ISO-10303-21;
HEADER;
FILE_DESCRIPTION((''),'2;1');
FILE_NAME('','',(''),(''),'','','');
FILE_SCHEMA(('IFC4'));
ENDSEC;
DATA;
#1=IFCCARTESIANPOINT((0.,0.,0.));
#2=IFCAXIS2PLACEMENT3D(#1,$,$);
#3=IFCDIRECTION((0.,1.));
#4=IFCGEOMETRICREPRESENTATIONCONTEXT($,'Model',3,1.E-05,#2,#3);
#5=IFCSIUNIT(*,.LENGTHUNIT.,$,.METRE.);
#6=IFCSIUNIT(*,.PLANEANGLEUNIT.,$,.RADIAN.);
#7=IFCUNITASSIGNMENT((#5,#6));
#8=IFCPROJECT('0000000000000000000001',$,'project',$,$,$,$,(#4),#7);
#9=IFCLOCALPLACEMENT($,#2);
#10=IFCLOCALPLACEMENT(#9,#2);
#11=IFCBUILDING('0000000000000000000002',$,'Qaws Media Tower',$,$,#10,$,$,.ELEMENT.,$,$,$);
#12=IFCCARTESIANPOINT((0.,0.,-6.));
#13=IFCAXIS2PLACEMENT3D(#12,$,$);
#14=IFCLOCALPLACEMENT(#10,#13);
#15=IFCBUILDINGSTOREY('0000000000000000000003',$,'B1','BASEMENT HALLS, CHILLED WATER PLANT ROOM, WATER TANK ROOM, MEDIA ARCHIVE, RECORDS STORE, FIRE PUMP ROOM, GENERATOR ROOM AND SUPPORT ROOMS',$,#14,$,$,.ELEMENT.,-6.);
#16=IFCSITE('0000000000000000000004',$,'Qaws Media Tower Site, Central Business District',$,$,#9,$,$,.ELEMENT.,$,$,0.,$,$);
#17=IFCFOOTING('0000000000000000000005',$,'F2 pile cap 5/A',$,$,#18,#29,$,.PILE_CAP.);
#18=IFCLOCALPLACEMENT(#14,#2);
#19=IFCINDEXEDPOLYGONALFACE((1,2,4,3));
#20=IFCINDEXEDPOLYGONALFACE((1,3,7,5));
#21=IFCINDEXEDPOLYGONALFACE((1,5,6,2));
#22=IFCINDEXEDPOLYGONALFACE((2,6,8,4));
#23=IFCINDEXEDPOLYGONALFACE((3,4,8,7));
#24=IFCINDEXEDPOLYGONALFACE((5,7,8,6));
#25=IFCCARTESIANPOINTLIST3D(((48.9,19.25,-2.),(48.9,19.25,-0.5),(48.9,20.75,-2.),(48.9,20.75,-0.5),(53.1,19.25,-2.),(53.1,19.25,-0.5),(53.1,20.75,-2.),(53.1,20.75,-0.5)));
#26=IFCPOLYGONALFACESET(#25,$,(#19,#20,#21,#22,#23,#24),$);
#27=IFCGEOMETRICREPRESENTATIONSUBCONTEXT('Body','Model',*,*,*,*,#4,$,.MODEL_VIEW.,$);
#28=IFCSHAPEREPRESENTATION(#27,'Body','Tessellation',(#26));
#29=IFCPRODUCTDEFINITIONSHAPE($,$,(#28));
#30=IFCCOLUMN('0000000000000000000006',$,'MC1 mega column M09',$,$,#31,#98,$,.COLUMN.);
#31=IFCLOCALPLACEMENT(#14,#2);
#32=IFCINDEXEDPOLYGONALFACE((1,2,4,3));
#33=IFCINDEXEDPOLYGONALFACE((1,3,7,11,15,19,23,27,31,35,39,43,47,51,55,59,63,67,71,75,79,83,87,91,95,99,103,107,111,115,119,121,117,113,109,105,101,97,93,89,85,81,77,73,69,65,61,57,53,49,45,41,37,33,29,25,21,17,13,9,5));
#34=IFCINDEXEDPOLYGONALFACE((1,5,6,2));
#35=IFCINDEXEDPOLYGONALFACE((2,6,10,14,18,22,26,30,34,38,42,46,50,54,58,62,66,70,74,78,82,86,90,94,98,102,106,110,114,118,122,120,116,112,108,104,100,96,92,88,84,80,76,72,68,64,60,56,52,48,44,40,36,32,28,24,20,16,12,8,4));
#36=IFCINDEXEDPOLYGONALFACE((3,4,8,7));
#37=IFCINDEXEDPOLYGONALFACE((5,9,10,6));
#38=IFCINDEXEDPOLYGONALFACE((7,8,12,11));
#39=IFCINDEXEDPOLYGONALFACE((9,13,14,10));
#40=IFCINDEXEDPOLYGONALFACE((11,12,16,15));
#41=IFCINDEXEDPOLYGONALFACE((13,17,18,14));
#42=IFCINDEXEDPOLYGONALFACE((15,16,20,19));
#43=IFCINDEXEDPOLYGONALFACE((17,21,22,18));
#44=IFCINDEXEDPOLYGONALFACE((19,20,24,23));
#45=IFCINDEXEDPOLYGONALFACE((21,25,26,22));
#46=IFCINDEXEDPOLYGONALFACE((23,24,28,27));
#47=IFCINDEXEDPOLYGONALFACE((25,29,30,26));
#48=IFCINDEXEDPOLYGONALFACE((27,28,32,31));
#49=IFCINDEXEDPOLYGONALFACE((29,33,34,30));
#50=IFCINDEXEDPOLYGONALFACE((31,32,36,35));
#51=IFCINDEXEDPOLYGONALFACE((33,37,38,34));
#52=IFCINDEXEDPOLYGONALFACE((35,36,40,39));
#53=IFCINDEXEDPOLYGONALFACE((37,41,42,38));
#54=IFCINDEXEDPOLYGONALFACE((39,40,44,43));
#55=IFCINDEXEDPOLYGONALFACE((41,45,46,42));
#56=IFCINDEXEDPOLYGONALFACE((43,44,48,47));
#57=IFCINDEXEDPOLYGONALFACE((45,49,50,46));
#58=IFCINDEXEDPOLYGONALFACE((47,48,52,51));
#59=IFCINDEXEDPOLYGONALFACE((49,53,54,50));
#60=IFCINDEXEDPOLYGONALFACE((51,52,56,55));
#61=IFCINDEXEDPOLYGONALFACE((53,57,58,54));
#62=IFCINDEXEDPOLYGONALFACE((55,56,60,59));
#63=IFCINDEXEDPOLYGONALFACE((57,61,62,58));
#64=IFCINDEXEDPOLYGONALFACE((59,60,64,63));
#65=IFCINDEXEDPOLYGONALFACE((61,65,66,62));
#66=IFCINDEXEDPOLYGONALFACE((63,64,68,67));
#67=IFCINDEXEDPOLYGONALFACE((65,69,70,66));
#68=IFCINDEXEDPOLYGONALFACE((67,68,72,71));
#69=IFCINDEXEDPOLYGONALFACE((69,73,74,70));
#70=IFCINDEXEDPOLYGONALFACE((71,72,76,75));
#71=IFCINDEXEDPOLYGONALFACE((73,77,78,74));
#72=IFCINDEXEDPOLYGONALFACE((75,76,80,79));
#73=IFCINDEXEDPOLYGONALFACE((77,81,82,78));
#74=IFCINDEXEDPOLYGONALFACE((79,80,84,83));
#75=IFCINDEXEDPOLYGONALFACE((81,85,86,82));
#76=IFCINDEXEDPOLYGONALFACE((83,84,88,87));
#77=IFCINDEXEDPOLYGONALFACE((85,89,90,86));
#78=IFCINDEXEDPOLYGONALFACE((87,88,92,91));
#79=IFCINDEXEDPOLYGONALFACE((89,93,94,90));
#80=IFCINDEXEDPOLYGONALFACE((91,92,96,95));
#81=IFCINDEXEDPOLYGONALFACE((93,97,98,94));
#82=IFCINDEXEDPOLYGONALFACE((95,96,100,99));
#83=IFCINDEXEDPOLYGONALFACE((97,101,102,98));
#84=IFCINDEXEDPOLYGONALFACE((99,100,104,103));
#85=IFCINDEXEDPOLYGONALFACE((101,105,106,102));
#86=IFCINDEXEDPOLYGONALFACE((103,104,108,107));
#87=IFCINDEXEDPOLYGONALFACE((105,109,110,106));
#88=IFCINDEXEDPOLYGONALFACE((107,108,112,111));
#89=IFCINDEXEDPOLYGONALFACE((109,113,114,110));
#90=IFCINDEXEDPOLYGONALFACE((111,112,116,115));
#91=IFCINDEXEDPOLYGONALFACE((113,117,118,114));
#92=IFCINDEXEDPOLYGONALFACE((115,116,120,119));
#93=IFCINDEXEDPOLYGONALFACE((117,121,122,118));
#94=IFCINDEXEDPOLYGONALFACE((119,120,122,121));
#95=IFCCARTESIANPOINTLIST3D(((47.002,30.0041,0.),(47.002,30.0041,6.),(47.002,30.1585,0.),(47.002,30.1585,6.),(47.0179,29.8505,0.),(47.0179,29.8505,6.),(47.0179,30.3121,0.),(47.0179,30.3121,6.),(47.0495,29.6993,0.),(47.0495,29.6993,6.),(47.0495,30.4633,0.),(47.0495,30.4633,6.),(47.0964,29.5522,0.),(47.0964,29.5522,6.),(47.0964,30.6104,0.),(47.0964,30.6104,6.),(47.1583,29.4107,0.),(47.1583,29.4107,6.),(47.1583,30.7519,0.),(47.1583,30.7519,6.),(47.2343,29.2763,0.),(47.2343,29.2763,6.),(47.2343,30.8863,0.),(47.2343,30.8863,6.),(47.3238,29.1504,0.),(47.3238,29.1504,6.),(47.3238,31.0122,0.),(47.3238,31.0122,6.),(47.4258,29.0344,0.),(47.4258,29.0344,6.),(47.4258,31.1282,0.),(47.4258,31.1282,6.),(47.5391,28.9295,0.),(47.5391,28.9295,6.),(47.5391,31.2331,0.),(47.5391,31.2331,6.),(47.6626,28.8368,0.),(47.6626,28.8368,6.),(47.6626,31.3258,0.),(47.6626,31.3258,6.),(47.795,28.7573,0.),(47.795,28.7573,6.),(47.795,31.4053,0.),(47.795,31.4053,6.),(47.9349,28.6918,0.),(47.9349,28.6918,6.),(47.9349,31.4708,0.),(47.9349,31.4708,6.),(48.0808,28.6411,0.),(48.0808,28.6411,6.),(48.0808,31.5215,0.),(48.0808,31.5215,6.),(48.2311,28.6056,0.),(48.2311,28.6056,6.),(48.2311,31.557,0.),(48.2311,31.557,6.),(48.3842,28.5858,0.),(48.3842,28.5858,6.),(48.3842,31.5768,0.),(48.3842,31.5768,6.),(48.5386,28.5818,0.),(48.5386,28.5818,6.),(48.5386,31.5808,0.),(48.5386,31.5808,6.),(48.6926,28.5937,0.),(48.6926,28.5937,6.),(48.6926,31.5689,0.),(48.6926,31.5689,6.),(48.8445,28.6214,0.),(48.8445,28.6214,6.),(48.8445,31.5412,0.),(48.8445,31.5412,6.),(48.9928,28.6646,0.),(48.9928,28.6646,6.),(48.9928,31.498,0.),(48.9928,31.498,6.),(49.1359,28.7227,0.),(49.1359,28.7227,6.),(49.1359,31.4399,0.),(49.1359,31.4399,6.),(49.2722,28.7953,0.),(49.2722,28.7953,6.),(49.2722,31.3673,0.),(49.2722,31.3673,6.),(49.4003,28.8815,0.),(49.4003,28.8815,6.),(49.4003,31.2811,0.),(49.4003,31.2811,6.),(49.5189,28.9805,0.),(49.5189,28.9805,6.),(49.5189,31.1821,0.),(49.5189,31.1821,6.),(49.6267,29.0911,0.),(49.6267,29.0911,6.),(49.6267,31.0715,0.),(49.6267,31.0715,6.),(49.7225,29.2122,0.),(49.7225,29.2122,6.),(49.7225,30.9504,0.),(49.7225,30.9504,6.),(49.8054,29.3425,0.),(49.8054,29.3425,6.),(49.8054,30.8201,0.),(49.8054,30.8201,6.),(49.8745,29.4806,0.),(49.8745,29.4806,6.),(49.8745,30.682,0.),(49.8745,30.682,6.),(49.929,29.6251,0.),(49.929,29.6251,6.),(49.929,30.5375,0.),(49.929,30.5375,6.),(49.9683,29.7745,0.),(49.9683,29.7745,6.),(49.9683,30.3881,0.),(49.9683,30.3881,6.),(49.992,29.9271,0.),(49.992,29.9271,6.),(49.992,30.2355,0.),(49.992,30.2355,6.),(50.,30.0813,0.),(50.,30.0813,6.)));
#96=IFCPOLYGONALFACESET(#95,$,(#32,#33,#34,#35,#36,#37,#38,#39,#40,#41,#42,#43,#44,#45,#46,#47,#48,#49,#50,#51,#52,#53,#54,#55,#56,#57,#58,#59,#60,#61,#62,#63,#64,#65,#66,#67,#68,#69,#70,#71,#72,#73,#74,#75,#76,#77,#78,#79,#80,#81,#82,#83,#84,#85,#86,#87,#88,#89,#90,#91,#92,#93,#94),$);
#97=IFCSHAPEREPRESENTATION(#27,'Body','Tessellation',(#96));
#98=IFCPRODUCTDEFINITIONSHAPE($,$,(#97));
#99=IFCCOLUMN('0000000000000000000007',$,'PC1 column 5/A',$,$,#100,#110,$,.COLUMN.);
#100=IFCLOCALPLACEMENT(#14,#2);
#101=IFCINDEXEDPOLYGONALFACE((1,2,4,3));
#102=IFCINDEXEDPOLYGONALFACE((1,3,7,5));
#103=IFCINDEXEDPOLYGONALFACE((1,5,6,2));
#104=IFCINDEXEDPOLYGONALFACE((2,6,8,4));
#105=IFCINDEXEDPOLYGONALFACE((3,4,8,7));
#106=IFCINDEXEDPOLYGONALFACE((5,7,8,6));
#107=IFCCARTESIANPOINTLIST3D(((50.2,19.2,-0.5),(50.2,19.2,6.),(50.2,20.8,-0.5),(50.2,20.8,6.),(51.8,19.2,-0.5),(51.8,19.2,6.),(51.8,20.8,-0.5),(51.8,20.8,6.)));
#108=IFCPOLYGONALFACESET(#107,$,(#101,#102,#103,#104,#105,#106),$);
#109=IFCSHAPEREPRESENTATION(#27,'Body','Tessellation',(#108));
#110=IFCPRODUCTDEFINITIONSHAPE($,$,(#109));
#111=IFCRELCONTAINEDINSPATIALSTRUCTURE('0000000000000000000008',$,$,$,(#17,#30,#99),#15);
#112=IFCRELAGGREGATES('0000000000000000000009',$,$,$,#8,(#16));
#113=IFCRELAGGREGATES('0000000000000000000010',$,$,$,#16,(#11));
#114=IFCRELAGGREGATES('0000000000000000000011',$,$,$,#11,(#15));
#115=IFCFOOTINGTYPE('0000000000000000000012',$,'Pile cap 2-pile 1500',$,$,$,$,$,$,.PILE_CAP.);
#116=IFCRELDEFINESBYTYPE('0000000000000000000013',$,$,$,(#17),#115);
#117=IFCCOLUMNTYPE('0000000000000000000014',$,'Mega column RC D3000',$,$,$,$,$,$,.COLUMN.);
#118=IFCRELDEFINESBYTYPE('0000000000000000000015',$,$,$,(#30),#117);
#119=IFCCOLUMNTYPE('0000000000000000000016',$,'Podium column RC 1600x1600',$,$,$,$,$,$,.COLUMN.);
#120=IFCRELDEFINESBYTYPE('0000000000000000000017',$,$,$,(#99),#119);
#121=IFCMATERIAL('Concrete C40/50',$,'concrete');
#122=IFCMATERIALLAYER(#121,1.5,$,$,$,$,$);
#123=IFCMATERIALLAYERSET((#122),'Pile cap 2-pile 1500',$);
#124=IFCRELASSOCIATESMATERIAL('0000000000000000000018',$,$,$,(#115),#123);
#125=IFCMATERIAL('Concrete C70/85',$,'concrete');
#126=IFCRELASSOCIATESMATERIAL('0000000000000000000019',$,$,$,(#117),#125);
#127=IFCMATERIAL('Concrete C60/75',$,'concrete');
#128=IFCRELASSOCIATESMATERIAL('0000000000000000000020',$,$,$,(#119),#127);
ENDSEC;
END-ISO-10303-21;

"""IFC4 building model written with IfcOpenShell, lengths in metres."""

from ifc_helpers import new_model, si_unit, direction, frame, origin, origin_2d, place, context, subcontext, project, spatial, rectangle, circle, extrude, material, layer, layer_set, material_profile, profile_set, type_object, element, save


model = new_model("IFC4")

# Units and contexts
model_context = context("Model", 3, precision=1e-05, world=origin(), true_north=direction((0.0, 1.0)))
body_context = subcontext(model_context, "Body", "Model", "MODEL_VIEW")
ifc_project = project(units=[si_unit("LENGTHUNIT", "METRE"), si_unit("PLANEANGLEUNIT", "RADIAN")], contexts=[model_context])

# Site, building, storey
site_placement = place(None, origin())
site = spatial("IfcSite", under=ifc_project, at=site_placement, Name="Qaws Media Tower Site, Central Business District", CompositionType="ELEMENT", RefElevation=0.0)
building_placement = place(site_placement, origin())
building = spatial("IfcBuilding", under=site, at=building_placement, Name="Qaws Media Tower", CompositionType="ELEMENT")
storey_placement = place(building_placement, frame((0.0, 0.0, -6.0)))
storey = spatial("IfcBuildingStorey", under=building, at=storey_placement, Name="B1", Description="BASEMENT HALLS, CHILLED WATER PLANT ROOM, WATER TANK ROOM, MEDIA ARCHIVE, RECORDS STORE, FIRE PUMP ROOM, GENERATOR ROOM AND SUPPORT ROOMS", CompositionType="ELEMENT", Elevation=-6.0)

# Footing
ifc_material_1 = material(Name="Concrete C40/50", Category="concrete")
ifc_layer_1 = layer(ifc_material_1, 1.5)
ifc_layer_set_1 = layer_set([ifc_layer_1], Name="Pile cap 2-pile 1500")
footing_type_1 = type_object("IfcFootingType", Name="Pile cap 2-pile 1500", PredefinedType="PILE_CAP", material=ifc_layer_set_1)
footing_1_placement = place(storey_placement, frame((51.0, 20.0, -2.0), z_axis=(0.0, 0.0, 1.0), x_axis=(1.0, 0.0, 0.0)))
element("IfcFooting", 1, at=footing_1_placement, inside=storey, type_object=footing_type_1, Name="F2 pile cap 5/A", PredefinedType="PILE_CAP", context=body_context, shape_type="SweptSolid", body=[
    extrude(rectangle(XDim=4.2, YDim=1.5, at=origin_2d()), origin(), (0.0, 0.0, 1.0), 1.5),
])

# Columns
ifc_material_2 = material(Name="Concrete C70/85", Category="concrete")
ifc_material_profile_1 = material_profile(ifc_material_2, circle(Radius=1.5, at=origin_2d()), Name="RC D3000")
ifc_profile_set_1 = profile_set([ifc_material_profile_1], Name="Concrete C70/85")
column_type_1 = type_object("IfcColumnType", Name="Mega column RC D3000", PredefinedType="COLUMN", material=ifc_profile_set_1)
column_1_placement = place(storey_placement, frame((48.5, 30.0813, 0.0), z_axis=(0.0, 0.0, 1.0), x_axis=(1.0, 0.0, 0.0)))
element("IfcColumn", 2, at=column_1_placement, inside=storey, type_object=column_type_1, Name="MC1 mega column M09", PredefinedType="COLUMN", context=body_context, shape_type="SweptSolid", body=[
    extrude(circle(Radius=1.5, at=origin_2d()), origin(), (0.0, 0.0, 1.0), 6.0),
])
ifc_material_3 = material(Name="Concrete C60/75", Category="concrete")
ifc_material_profile_2 = material_profile(ifc_material_3, rectangle(XDim=1.6001, YDim=1.6001, at=origin_2d()), Name="RC 1600x1600")
ifc_profile_set_2 = profile_set([ifc_material_profile_2], Name="Concrete C60/75")
column_type_2 = type_object("IfcColumnType", Name="Podium column RC 1600x1600", PredefinedType="COLUMN", material=ifc_profile_set_2)
column_2_placement = place(storey_placement, frame((51.0, 20.0, -0.5), z_axis=(0.0, 0.0, 1.0), x_axis=(1.0, 0.0, 0.0)))
element("IfcColumn", 3, at=column_2_placement, inside=storey, type_object=column_type_2, Name="PC1 column 5/A", PredefinedType="COLUMN", context=body_context, shape_type="SweptSolid", body=[
    extrude(rectangle(XDim=1.6001, YDim=1.6001, at=origin_2d()), origin(), (0.0, 0.0, 1.0), 6.5),
])

save(model, "model.ifc")
